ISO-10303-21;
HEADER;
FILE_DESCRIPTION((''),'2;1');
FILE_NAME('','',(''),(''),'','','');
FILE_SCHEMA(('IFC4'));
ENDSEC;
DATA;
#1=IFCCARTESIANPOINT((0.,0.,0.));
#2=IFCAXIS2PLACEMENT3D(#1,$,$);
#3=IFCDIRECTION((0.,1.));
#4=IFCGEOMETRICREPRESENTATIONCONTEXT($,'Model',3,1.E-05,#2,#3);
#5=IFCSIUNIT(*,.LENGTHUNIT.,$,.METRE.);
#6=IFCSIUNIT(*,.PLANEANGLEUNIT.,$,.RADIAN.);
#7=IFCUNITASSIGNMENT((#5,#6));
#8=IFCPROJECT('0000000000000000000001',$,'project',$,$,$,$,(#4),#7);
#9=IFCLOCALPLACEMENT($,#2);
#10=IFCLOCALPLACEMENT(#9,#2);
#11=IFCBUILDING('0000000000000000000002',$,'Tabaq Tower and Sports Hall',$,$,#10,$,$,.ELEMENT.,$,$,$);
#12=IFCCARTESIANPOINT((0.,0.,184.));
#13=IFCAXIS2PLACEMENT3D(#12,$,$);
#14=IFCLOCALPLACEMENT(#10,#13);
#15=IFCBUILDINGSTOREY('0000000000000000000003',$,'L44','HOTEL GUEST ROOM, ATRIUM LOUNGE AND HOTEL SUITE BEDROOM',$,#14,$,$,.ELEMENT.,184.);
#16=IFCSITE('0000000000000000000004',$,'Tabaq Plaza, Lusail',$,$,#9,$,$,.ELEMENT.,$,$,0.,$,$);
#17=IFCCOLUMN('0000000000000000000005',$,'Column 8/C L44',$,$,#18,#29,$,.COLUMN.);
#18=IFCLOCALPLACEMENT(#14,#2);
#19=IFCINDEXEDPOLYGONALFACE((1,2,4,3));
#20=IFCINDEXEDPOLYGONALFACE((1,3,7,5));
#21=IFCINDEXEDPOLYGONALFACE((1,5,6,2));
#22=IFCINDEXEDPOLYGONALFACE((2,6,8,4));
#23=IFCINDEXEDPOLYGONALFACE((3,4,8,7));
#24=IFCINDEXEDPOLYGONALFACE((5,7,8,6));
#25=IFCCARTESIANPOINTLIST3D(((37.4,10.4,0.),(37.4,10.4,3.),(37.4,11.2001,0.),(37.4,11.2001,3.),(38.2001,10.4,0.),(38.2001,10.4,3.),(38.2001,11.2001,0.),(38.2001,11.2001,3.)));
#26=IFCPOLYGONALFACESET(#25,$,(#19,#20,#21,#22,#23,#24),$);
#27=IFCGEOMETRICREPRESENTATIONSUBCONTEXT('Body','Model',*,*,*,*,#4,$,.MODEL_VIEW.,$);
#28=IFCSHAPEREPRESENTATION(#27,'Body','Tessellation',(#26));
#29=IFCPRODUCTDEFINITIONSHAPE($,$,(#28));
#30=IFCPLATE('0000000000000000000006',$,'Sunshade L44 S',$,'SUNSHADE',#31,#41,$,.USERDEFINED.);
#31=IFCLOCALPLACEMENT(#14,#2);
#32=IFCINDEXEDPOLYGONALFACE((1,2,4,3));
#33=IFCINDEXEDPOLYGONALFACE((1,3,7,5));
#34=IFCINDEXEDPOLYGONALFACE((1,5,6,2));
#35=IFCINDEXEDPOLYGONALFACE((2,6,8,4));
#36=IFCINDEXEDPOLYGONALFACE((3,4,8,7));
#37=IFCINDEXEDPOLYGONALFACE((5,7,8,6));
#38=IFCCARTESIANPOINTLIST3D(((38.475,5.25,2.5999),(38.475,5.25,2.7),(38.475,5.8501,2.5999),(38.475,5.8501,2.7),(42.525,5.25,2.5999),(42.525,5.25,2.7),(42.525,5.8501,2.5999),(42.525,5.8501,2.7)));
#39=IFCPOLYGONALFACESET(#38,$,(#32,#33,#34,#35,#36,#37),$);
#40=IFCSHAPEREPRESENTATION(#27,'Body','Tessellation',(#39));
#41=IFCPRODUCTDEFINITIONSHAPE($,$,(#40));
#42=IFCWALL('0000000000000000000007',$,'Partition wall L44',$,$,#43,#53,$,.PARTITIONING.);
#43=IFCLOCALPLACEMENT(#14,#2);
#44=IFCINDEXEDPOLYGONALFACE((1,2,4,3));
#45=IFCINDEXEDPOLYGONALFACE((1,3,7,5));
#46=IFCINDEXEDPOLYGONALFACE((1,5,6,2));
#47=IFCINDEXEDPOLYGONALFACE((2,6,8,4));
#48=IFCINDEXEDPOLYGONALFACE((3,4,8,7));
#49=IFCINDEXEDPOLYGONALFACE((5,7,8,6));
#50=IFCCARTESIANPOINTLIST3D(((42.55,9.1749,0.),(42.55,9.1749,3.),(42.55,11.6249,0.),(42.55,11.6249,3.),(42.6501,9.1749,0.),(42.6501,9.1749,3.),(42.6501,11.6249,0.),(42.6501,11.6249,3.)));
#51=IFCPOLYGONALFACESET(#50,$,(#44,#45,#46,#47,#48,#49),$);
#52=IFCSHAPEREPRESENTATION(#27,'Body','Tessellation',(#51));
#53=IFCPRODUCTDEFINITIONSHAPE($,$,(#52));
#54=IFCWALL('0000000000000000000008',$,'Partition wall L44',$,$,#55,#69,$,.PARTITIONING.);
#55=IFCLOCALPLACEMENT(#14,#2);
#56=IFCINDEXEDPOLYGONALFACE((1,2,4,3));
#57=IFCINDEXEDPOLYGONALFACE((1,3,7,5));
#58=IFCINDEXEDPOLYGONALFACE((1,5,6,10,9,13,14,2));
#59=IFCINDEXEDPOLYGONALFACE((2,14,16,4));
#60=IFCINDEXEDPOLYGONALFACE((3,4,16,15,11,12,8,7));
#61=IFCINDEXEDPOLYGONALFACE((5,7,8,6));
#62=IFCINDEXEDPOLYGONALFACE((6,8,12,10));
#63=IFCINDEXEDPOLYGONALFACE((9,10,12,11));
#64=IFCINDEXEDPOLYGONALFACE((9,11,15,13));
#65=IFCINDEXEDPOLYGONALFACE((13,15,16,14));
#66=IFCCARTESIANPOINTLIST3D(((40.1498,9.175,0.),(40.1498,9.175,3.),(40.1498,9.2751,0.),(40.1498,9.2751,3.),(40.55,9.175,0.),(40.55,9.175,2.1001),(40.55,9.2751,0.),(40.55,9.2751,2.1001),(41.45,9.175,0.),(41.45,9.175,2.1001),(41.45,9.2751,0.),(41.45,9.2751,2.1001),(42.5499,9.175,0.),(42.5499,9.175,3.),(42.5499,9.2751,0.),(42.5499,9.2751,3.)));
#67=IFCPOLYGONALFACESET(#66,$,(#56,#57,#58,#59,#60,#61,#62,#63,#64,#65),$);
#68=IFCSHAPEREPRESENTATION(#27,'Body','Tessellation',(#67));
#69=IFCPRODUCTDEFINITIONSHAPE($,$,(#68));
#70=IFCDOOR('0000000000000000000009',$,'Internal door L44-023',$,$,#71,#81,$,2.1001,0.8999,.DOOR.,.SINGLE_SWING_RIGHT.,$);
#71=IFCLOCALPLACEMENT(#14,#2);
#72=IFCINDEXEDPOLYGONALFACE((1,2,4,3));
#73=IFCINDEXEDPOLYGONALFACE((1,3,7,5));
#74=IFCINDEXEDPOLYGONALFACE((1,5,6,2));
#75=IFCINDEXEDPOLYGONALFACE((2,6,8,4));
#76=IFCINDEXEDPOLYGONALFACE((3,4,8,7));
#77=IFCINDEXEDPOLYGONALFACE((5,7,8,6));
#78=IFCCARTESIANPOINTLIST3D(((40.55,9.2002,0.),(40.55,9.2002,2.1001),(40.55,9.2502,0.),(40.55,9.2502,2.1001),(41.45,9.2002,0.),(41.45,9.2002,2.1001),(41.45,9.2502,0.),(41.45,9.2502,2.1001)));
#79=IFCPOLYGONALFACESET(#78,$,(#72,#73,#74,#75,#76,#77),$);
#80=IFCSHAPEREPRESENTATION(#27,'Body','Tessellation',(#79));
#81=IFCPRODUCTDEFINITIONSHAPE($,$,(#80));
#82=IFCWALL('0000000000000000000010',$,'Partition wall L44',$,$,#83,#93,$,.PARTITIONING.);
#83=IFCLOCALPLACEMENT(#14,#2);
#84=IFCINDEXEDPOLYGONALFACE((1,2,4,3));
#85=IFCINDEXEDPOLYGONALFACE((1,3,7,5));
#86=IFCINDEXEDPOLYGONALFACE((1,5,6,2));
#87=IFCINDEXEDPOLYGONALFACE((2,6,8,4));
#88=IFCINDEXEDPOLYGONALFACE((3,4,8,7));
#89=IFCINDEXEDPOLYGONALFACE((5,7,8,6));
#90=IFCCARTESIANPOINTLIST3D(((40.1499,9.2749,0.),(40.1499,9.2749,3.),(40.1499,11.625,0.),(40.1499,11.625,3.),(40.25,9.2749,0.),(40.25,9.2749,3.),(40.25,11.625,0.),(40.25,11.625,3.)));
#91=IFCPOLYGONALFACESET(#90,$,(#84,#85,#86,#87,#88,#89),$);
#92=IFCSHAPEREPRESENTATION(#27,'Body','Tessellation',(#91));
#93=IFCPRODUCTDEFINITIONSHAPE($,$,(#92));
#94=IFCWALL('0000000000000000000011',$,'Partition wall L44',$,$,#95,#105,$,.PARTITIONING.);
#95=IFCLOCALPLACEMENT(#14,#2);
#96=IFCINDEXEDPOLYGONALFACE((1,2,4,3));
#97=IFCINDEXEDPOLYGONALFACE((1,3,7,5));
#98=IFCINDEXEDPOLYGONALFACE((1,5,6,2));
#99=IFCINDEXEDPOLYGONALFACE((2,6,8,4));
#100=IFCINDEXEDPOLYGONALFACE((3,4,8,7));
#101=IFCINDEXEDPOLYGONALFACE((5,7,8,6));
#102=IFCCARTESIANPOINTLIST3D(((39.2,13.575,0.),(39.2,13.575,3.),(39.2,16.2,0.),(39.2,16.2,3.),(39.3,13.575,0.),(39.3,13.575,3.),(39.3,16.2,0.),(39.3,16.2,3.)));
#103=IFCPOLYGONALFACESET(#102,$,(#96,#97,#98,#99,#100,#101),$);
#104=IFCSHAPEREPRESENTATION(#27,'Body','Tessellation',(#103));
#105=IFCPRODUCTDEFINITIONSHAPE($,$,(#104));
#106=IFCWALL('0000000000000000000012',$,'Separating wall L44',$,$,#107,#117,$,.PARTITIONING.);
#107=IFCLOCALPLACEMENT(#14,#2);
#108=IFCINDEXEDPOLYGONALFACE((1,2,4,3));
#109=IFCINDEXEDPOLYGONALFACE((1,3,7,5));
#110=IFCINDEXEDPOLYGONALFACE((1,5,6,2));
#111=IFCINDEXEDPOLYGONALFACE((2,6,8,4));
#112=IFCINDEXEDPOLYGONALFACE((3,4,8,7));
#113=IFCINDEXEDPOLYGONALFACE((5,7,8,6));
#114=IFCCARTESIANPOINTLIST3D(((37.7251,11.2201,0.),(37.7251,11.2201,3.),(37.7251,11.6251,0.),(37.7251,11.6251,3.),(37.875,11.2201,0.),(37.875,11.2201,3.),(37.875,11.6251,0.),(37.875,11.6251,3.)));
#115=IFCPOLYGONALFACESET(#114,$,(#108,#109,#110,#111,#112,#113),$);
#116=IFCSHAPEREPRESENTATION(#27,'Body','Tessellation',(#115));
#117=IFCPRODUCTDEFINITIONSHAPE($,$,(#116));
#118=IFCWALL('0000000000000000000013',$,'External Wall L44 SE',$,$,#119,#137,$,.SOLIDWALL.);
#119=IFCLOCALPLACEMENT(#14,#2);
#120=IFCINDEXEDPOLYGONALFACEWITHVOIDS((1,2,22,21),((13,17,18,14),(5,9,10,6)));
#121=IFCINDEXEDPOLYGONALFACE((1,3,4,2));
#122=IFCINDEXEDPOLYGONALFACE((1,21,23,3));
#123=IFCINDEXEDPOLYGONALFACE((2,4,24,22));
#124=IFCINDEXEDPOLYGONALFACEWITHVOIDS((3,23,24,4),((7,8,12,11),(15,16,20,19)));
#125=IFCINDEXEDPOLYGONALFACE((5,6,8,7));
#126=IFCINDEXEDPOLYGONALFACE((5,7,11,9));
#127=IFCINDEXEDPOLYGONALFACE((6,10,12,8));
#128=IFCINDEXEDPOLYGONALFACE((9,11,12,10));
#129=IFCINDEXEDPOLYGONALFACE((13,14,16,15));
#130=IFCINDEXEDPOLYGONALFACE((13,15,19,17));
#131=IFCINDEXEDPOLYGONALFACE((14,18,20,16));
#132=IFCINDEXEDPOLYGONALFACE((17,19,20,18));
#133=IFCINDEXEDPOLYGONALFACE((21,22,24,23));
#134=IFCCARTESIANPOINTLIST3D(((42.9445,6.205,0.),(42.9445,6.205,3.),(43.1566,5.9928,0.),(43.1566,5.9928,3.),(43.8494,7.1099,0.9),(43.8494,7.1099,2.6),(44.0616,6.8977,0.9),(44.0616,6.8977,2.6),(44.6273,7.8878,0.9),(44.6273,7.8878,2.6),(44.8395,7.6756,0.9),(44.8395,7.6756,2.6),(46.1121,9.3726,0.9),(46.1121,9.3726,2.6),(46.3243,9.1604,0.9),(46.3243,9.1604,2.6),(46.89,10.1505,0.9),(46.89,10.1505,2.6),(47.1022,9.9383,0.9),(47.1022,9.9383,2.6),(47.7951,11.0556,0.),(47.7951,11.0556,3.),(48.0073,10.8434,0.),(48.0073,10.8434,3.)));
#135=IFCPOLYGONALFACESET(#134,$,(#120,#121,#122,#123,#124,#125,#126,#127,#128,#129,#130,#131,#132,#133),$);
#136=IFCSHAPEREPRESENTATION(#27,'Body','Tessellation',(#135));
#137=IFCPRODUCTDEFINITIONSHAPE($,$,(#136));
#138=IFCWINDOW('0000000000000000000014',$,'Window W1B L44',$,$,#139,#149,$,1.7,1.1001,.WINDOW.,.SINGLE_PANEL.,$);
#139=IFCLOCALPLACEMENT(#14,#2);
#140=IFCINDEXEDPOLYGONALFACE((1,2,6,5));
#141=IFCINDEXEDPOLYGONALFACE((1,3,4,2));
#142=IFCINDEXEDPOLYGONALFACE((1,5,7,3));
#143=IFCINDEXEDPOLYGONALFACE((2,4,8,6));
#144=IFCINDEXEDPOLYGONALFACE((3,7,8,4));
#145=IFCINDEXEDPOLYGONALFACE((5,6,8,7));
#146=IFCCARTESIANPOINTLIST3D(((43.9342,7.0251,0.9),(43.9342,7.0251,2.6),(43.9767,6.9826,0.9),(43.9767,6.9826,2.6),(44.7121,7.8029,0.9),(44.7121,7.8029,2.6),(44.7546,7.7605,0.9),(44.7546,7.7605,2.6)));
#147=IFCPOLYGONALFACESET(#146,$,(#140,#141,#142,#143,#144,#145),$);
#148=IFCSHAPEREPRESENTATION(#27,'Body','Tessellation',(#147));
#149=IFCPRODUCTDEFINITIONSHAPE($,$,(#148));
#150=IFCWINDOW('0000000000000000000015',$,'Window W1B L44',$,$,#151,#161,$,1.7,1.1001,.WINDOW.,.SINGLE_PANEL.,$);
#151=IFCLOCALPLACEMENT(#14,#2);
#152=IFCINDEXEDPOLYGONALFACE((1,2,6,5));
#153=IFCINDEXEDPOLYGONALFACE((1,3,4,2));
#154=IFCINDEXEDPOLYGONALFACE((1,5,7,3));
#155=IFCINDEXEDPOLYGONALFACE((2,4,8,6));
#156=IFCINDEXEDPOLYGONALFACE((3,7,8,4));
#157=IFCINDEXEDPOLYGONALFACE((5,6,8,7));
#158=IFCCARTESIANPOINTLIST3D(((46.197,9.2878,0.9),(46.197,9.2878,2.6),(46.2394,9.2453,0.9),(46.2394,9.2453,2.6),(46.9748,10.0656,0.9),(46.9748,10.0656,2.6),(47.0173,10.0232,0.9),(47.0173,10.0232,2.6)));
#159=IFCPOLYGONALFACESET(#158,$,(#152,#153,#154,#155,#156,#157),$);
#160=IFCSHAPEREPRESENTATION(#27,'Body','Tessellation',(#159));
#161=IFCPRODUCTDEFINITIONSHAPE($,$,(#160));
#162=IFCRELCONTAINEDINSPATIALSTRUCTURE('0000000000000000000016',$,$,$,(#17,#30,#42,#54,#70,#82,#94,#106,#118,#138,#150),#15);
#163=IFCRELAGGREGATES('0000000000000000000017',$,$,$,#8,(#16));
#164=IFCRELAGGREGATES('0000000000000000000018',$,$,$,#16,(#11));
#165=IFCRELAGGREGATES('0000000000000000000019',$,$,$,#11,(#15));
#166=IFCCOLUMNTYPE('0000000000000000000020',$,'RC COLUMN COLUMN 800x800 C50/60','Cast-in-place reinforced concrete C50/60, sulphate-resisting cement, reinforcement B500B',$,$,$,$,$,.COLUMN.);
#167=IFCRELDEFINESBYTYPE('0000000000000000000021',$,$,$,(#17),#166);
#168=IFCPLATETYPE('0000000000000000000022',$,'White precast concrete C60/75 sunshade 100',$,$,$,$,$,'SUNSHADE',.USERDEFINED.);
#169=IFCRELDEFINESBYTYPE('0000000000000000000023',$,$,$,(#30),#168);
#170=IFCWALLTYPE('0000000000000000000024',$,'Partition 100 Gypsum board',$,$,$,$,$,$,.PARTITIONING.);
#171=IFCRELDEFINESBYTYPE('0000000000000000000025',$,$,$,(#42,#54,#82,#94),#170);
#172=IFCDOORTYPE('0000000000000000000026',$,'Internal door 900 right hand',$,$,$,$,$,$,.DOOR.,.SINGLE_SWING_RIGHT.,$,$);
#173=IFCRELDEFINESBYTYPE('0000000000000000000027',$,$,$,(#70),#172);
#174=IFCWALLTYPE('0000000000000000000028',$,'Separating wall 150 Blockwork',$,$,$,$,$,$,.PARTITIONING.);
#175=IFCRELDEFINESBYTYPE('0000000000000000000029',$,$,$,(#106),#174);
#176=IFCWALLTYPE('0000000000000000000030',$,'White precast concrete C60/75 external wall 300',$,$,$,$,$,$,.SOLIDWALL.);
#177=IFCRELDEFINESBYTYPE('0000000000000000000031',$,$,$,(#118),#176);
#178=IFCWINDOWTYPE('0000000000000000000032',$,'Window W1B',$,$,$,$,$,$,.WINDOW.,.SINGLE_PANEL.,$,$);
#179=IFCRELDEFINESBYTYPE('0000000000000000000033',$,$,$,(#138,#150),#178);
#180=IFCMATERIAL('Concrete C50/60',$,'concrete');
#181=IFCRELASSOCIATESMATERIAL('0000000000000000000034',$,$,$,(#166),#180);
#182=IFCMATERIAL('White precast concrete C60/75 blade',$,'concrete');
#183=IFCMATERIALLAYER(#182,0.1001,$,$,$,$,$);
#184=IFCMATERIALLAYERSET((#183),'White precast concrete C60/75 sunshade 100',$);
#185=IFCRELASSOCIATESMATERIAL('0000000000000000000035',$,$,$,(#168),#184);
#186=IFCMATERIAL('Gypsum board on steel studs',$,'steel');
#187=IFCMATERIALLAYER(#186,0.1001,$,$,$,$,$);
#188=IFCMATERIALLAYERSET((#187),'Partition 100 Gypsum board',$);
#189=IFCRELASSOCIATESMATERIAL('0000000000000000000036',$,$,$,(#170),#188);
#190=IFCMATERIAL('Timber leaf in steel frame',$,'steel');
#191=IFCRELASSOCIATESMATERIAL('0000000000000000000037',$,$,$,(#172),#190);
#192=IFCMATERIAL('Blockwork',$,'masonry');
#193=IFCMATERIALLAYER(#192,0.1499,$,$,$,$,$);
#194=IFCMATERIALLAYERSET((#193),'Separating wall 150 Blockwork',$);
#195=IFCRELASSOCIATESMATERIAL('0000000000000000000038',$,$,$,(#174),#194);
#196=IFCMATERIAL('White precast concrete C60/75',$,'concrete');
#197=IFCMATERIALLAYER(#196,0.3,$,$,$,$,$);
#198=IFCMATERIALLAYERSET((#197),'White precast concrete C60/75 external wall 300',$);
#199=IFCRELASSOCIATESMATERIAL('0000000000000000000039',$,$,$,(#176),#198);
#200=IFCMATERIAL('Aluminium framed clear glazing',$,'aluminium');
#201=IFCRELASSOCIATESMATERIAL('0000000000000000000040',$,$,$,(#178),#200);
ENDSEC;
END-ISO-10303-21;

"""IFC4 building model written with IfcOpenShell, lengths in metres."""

from ifc_helpers import new_model, si_unit, direction, frame, frame_2d, origin, origin_2d, place, context, subcontext, project, spatial, rectangle, extrude, material, layer, layer_set, material_profile, profile_set, type_object, element, fill, save


model = new_model("IFC4")

# Units and contexts
model_context = context("Model", 3, precision=1e-05, world=origin(), true_north=direction((0.0, 1.0)))
body_context = subcontext(model_context, "Body", "Model", "MODEL_VIEW")
ifc_project = project(units=[si_unit("LENGTHUNIT", "METRE"), si_unit("PLANEANGLEUNIT", "RADIAN")], contexts=[model_context])

# Site, building, storey
site_placement = place(None, origin())
site = spatial("IfcSite", under=ifc_project, at=site_placement, Name="Tabaq Plaza, Lusail", CompositionType="ELEMENT", RefElevation=0.0)
building_placement = place(site_placement, origin())
building = spatial("IfcBuilding", under=site, at=building_placement, Name="Tabaq Tower and Sports Hall", CompositionType="ELEMENT")
storey_placement = place(building_placement, frame((0.0, 0.0, 184.0)))
storey = spatial("IfcBuildingStorey", under=building, at=storey_placement, Name="L44", Description="HOTEL GUEST ROOM, ATRIUM LOUNGE AND HOTEL SUITE BEDROOM", CompositionType="ELEMENT", Elevation=184.0)

# Column
ifc_material_1 = material(Name="Concrete C50/60", Category="concrete")
ifc_material_profile = material_profile(ifc_material_1, rectangle(XDim=0.8, YDim=0.8, at=origin_2d()), Name="COLUMN 800x800")
ifc_profile_set = profile_set([ifc_material_profile], Name="Concrete C50/60")
column_type = type_object("IfcColumnType", Name="RC COLUMN COLUMN 800x800 C50/60", Description="Cast-in-place reinforced concrete C50/60, sulphate-resisting cement, reinforcement B500B", PredefinedType="COLUMN", material=ifc_profile_set)
column_placement = place(storey_placement, frame((37.8, 10.8, 0.0), z_axis=(0.0, 0.0, 1.0), x_axis=(1.0, 0.0, 0.0)))
element("IfcColumn", 1, at=column_placement, inside=storey, type_object=column_type, Name="Column 8/C L44", PredefinedType="COLUMN", context=body_context, shape_type="SweptSolid", body=[
    extrude(rectangle(XDim=0.8, YDim=0.8, at=origin_2d()), origin(), (0.0, 0.0, 1.0), 3.0),
])

# Plate
ifc_material_2 = material(Name="White precast concrete C60/75 blade", Category="concrete")
ifc_layer_1 = layer(ifc_material_2, 0.1001)
ifc_layer_set_1 = layer_set([ifc_layer_1], Name="White precast concrete C60/75 sunshade 100")
plate_type = type_object("IfcPlateType", Name="White precast concrete C60/75 sunshade 100", ElementType="SUNSHADE", PredefinedType="USERDEFINED", material=ifc_layer_set_1)
plate_placement = place(storey_placement, frame((40.5, 5.55, 2.5999), z_axis=(0.0, 0.0, 1.0), x_axis=(1.0, 0.0, 0.0)))
element("IfcPlate", 2, at=plate_placement, inside=storey, type_object=plate_type, Name="Sunshade L44 S", ObjectType="SUNSHADE", PredefinedType="USERDEFINED", context=body_context, shape_type="SweptSolid", body=[
    extrude(rectangle(XDim=4.05, YDim=0.6001, at=origin_2d()), origin(), (0.0, 0.0, 1.0), 0.1001),
])

# Wall
ifc_material_3 = material(Name="Gypsum board on steel studs", Category="steel")
ifc_layer_2 = layer(ifc_material_3, 0.1001)
ifc_layer_set_2 = layer_set([ifc_layer_2], Name="Partition 100 Gypsum board")
wall_type_1 = type_object("IfcWallType", Name="Partition 100 Gypsum board", PredefinedType="PARTITIONING", material=ifc_layer_set_2)
wall_1_placement = place(storey_placement, frame((42.6001, 11.625, 0.0), z_axis=(0.0, 0.0, 1.0), x_axis=(0.0, -1.0, 0.0)))
element("IfcWall", 3, at=wall_1_placement, inside=storey, type_object=wall_type_1, Name="Partition wall L44", PredefinedType="PARTITIONING", context=body_context, shape_type="SweptSolid", body=[
    extrude(rectangle(XDim=2.45, YDim=0.1001, at=frame_2d((1.2251, 0.0))), origin(), (0.0, 0.0, 1.0), 3.0),
])

# Wall, opening, door
wall_2_placement = place(storey_placement, frame((42.55, 9.2251, 0.0), z_axis=(0.0, 0.0, 1.0), x_axis=(-1.0, 0.0, 0.0)))
wall_2 = element("IfcWall", 4, at=wall_2_placement, inside=storey, type_object=wall_type_1, Name="Partition wall L44", PredefinedType="PARTITIONING", context=body_context, shape_type="SweptSolid", body=[
    extrude(rectangle(XDim=2.4001, YDim=0.1001, at=frame_2d((1.2002, 0.0))), origin(), (0.0, 0.0, 1.0), 3.0),
])
opening_1_placement = place(wall_2_placement, frame((1.1001, 0.0, 0.0)))
opening_1 = element("IfcOpeningElement", 5, at=opening_1_placement, cuts=wall_2, PredefinedType="OPENING", context=body_context, shape_type="SweptSolid", body=[
    extrude(rectangle(XDim=0.8999, YDim=2.1001, at=frame_2d((0.45, 1.05))), frame((0.0, 0.05, 0.0), z_axis=(0.0, -1.0, 0.0), x_axis=(1.0, 0.0, 0.0)), (0.0, 0.0, 1.0), 0.1001),
])
ifc_material_4 = material(Name="Timber leaf in steel frame", Category="steel")
door_type = type_object("IfcDoorType", Name="Internal door 900 right hand", OperationType="SINGLE_SWING_RIGHT", PredefinedType="DOOR", material=ifc_material_4)
door_placement = place(opening_1_placement, origin())
door = element("IfcDoor", 6, at=door_placement, inside=storey, type_object=door_type, Name="Internal door L44-023", OperationType="SINGLE_SWING_RIGHT", OverallHeight=2.1001, OverallWidth=0.8999, PredefinedType="DOOR", context=body_context, shape_type="SweptSolid", body=[
    extrude(rectangle(XDim=0.8999, YDim=2.1001, at=frame_2d((0.45, 1.05))), frame((0.0, 0.0249, 0.0), z_axis=(0.0, -1.0, 0.0), x_axis=(1.0, 0.0, 0.0)), (0.0, 0.0, 1.0), 0.05),
])
fill(opening_1, door)

# Walls
wall_3_placement = place(storey_placement, frame((40.2, 9.2749, 0.0), z_axis=(0.0, 0.0, 1.0), x_axis=(0.0, 1.0, 0.0)))
element("IfcWall", 7, at=wall_3_placement, inside=storey, type_object=wall_type_1, Name="Partition wall L44", PredefinedType="PARTITIONING", context=body_context, shape_type="SweptSolid", body=[
    extrude(rectangle(XDim=2.3501, YDim=0.1001, at=frame_2d((1.175, 0.0))), origin(), (0.0, 0.0, 1.0), 3.0),
])
wall_4_placement = place(storey_placement, frame((39.25, 13.575, 0.0), z_axis=(0.0, 0.0, 1.0), x_axis=(0.0, 1.0, 0.0)))
element("IfcWall", 8, at=wall_4_placement, inside=storey, type_object=wall_type_1, Name="Partition wall L44", PredefinedType="PARTITIONING", context=body_context, shape_type="SweptSolid", body=[
    extrude(rectangle(XDim=2.625, YDim=0.1001, at=frame_2d((1.3125, 0.0))), origin(), (0.0, 0.0, 1.0), 3.0),
])
ifc_material_5 = material(Name="Blockwork", Category="masonry")
ifc_layer_3 = layer(ifc_material_5, 0.1499)
ifc_layer_set_3 = layer_set([ifc_layer_3], Name="Separating wall 150 Blockwork")
wall_type_2 = type_object("IfcWallType", Name="Separating wall 150 Blockwork", PredefinedType="PARTITIONING", material=ifc_layer_set_3)
wall_5_placement = place(storey_placement, frame((37.8, 11.22, 0.0), z_axis=(0.0, 0.0, 1.0), x_axis=(0.0, 1.0, 0.0)))
element("IfcWall", 9, at=wall_5_placement, inside=storey, type_object=wall_type_2, Name="Separating wall L44", PredefinedType="PARTITIONING", context=body_context, shape_type="SweptSolid", body=[
    extrude(rectangle(XDim=0.405, YDim=0.1499, at=frame_2d((0.2026, 0.0))), origin(), (0.0, 0.0, 1.0), 3.0),
])

# Wall, openings, windows
ifc_material_6 = material(Name="White precast concrete C60/75", Category="concrete")
ifc_layer_4 = layer(ifc_material_6, 0.3)
ifc_layer_set_4 = layer_set([ifc_layer_4], Name="White precast concrete C60/75 external wall 300")
wall_type_3 = type_object("IfcWallType", Name="White precast concrete C60/75 external wall 300", PredefinedType="SOLIDWALL", material=ifc_layer_set_4)
wall_6_placement = place(storey_placement, frame((43.0505, 6.0989, 0.0), z_axis=(0.0, 0.0, 1.0), x_axis=(0.707107, 0.707107, 0.0)))
wall_6 = element("IfcWall", 10, at=wall_6_placement, inside=storey, type_object=wall_type_3, Name="External Wall L44 SE", PredefinedType="SOLIDWALL", context=body_context, shape_type="SweptSolid", body=[
    extrude(rectangle(XDim=6.8599, YDim=0.3, at=frame_2d((3.4299, 0.0))), origin(), (0.0, 0.0, 1.0), 3.0),
])
opening_2_placement = place(wall_6_placement, frame((1.2798, 0.0, 0.8999)))
opening_2 = element("IfcOpeningElement", 11, at=opening_2_placement, cuts=wall_6, PredefinedType="OPENING", context=body_context, shape_type="SweptSolid", body=[
    extrude(rectangle(XDim=1.1001, YDim=1.7, at=frame_2d((0.55, 0.8501))), frame((0.0, 0.1602, 0.0), z_axis=(0.0, -1.0, 0.0), x_axis=(1.0, 0.0, 0.0)), (0.0, 0.0, 1.0), 0.3201),
])
opening_3_placement = place(wall_6_placement, frame((4.4797, 0.0, 0.8999)))
opening_3 = element("IfcOpeningElement", 12, at=opening_3_placement, cuts=wall_6, PredefinedType="OPENING", context=body_context, shape_type="SweptSolid", body=[
    extrude(rectangle(XDim=1.1001, YDim=1.7, at=frame_2d((0.55, 0.8501))), frame((0.0, 0.1602, 0.0), z_axis=(0.0, -1.0, 0.0), x_axis=(1.0, 0.0, 0.0)), (0.0, 0.0, 1.0), 0.3201),
])
ifc_material_7 = material(Name="Aluminium framed clear glazing", Category="aluminium")
window_type = type_object("IfcWindowType", Name="Window W1B", PartitioningType="SINGLE_PANEL", PredefinedType="WINDOW", material=ifc_material_7)
window_1_placement = place(opening_2_placement, origin())
window_1 = element("IfcWindow", 13, at=window_1_placement, inside=storey, type_object=window_type, Name="Window W1B L44", OverallHeight=1.7, OverallWidth=1.1001, PartitioningType="SINGLE_PANEL", PredefinedType="WINDOW", context=body_context, shape_type="SweptSolid", body=[
    extrude(rectangle(XDim=1.1001, YDim=1.7, at=frame_2d((0.55, 0.8501))), frame((0.0, 0.03, 0.0), z_axis=(0.0, -1.0, 0.0), x_axis=(1.0, 0.0, 0.0)), (0.0, 0.0, 1.0), 0.0601),
])
fill(opening_2, window_1)
window_2_placement = place(opening_3_placement, origin())
window_2 = element("IfcWindow", 14, at=window_2_placement, inside=storey, type_object=window_type, Name="Window W1B L44", OverallHeight=1.7, OverallWidth=1.1001, PartitioningType="SINGLE_PANEL", PredefinedType="WINDOW", context=body_context, shape_type="SweptSolid", body=[
    extrude(rectangle(XDim=1.1001, YDim=1.7, at=frame_2d((0.55, 0.8501))), frame((0.0, 0.03, 0.0), z_axis=(0.0, -1.0, 0.0), x_axis=(1.0, 0.0, 0.0)), (0.0, 0.0, 1.0), 0.0601),
])
fill(opening_3, window_2)

save(model, "model.ifc")
